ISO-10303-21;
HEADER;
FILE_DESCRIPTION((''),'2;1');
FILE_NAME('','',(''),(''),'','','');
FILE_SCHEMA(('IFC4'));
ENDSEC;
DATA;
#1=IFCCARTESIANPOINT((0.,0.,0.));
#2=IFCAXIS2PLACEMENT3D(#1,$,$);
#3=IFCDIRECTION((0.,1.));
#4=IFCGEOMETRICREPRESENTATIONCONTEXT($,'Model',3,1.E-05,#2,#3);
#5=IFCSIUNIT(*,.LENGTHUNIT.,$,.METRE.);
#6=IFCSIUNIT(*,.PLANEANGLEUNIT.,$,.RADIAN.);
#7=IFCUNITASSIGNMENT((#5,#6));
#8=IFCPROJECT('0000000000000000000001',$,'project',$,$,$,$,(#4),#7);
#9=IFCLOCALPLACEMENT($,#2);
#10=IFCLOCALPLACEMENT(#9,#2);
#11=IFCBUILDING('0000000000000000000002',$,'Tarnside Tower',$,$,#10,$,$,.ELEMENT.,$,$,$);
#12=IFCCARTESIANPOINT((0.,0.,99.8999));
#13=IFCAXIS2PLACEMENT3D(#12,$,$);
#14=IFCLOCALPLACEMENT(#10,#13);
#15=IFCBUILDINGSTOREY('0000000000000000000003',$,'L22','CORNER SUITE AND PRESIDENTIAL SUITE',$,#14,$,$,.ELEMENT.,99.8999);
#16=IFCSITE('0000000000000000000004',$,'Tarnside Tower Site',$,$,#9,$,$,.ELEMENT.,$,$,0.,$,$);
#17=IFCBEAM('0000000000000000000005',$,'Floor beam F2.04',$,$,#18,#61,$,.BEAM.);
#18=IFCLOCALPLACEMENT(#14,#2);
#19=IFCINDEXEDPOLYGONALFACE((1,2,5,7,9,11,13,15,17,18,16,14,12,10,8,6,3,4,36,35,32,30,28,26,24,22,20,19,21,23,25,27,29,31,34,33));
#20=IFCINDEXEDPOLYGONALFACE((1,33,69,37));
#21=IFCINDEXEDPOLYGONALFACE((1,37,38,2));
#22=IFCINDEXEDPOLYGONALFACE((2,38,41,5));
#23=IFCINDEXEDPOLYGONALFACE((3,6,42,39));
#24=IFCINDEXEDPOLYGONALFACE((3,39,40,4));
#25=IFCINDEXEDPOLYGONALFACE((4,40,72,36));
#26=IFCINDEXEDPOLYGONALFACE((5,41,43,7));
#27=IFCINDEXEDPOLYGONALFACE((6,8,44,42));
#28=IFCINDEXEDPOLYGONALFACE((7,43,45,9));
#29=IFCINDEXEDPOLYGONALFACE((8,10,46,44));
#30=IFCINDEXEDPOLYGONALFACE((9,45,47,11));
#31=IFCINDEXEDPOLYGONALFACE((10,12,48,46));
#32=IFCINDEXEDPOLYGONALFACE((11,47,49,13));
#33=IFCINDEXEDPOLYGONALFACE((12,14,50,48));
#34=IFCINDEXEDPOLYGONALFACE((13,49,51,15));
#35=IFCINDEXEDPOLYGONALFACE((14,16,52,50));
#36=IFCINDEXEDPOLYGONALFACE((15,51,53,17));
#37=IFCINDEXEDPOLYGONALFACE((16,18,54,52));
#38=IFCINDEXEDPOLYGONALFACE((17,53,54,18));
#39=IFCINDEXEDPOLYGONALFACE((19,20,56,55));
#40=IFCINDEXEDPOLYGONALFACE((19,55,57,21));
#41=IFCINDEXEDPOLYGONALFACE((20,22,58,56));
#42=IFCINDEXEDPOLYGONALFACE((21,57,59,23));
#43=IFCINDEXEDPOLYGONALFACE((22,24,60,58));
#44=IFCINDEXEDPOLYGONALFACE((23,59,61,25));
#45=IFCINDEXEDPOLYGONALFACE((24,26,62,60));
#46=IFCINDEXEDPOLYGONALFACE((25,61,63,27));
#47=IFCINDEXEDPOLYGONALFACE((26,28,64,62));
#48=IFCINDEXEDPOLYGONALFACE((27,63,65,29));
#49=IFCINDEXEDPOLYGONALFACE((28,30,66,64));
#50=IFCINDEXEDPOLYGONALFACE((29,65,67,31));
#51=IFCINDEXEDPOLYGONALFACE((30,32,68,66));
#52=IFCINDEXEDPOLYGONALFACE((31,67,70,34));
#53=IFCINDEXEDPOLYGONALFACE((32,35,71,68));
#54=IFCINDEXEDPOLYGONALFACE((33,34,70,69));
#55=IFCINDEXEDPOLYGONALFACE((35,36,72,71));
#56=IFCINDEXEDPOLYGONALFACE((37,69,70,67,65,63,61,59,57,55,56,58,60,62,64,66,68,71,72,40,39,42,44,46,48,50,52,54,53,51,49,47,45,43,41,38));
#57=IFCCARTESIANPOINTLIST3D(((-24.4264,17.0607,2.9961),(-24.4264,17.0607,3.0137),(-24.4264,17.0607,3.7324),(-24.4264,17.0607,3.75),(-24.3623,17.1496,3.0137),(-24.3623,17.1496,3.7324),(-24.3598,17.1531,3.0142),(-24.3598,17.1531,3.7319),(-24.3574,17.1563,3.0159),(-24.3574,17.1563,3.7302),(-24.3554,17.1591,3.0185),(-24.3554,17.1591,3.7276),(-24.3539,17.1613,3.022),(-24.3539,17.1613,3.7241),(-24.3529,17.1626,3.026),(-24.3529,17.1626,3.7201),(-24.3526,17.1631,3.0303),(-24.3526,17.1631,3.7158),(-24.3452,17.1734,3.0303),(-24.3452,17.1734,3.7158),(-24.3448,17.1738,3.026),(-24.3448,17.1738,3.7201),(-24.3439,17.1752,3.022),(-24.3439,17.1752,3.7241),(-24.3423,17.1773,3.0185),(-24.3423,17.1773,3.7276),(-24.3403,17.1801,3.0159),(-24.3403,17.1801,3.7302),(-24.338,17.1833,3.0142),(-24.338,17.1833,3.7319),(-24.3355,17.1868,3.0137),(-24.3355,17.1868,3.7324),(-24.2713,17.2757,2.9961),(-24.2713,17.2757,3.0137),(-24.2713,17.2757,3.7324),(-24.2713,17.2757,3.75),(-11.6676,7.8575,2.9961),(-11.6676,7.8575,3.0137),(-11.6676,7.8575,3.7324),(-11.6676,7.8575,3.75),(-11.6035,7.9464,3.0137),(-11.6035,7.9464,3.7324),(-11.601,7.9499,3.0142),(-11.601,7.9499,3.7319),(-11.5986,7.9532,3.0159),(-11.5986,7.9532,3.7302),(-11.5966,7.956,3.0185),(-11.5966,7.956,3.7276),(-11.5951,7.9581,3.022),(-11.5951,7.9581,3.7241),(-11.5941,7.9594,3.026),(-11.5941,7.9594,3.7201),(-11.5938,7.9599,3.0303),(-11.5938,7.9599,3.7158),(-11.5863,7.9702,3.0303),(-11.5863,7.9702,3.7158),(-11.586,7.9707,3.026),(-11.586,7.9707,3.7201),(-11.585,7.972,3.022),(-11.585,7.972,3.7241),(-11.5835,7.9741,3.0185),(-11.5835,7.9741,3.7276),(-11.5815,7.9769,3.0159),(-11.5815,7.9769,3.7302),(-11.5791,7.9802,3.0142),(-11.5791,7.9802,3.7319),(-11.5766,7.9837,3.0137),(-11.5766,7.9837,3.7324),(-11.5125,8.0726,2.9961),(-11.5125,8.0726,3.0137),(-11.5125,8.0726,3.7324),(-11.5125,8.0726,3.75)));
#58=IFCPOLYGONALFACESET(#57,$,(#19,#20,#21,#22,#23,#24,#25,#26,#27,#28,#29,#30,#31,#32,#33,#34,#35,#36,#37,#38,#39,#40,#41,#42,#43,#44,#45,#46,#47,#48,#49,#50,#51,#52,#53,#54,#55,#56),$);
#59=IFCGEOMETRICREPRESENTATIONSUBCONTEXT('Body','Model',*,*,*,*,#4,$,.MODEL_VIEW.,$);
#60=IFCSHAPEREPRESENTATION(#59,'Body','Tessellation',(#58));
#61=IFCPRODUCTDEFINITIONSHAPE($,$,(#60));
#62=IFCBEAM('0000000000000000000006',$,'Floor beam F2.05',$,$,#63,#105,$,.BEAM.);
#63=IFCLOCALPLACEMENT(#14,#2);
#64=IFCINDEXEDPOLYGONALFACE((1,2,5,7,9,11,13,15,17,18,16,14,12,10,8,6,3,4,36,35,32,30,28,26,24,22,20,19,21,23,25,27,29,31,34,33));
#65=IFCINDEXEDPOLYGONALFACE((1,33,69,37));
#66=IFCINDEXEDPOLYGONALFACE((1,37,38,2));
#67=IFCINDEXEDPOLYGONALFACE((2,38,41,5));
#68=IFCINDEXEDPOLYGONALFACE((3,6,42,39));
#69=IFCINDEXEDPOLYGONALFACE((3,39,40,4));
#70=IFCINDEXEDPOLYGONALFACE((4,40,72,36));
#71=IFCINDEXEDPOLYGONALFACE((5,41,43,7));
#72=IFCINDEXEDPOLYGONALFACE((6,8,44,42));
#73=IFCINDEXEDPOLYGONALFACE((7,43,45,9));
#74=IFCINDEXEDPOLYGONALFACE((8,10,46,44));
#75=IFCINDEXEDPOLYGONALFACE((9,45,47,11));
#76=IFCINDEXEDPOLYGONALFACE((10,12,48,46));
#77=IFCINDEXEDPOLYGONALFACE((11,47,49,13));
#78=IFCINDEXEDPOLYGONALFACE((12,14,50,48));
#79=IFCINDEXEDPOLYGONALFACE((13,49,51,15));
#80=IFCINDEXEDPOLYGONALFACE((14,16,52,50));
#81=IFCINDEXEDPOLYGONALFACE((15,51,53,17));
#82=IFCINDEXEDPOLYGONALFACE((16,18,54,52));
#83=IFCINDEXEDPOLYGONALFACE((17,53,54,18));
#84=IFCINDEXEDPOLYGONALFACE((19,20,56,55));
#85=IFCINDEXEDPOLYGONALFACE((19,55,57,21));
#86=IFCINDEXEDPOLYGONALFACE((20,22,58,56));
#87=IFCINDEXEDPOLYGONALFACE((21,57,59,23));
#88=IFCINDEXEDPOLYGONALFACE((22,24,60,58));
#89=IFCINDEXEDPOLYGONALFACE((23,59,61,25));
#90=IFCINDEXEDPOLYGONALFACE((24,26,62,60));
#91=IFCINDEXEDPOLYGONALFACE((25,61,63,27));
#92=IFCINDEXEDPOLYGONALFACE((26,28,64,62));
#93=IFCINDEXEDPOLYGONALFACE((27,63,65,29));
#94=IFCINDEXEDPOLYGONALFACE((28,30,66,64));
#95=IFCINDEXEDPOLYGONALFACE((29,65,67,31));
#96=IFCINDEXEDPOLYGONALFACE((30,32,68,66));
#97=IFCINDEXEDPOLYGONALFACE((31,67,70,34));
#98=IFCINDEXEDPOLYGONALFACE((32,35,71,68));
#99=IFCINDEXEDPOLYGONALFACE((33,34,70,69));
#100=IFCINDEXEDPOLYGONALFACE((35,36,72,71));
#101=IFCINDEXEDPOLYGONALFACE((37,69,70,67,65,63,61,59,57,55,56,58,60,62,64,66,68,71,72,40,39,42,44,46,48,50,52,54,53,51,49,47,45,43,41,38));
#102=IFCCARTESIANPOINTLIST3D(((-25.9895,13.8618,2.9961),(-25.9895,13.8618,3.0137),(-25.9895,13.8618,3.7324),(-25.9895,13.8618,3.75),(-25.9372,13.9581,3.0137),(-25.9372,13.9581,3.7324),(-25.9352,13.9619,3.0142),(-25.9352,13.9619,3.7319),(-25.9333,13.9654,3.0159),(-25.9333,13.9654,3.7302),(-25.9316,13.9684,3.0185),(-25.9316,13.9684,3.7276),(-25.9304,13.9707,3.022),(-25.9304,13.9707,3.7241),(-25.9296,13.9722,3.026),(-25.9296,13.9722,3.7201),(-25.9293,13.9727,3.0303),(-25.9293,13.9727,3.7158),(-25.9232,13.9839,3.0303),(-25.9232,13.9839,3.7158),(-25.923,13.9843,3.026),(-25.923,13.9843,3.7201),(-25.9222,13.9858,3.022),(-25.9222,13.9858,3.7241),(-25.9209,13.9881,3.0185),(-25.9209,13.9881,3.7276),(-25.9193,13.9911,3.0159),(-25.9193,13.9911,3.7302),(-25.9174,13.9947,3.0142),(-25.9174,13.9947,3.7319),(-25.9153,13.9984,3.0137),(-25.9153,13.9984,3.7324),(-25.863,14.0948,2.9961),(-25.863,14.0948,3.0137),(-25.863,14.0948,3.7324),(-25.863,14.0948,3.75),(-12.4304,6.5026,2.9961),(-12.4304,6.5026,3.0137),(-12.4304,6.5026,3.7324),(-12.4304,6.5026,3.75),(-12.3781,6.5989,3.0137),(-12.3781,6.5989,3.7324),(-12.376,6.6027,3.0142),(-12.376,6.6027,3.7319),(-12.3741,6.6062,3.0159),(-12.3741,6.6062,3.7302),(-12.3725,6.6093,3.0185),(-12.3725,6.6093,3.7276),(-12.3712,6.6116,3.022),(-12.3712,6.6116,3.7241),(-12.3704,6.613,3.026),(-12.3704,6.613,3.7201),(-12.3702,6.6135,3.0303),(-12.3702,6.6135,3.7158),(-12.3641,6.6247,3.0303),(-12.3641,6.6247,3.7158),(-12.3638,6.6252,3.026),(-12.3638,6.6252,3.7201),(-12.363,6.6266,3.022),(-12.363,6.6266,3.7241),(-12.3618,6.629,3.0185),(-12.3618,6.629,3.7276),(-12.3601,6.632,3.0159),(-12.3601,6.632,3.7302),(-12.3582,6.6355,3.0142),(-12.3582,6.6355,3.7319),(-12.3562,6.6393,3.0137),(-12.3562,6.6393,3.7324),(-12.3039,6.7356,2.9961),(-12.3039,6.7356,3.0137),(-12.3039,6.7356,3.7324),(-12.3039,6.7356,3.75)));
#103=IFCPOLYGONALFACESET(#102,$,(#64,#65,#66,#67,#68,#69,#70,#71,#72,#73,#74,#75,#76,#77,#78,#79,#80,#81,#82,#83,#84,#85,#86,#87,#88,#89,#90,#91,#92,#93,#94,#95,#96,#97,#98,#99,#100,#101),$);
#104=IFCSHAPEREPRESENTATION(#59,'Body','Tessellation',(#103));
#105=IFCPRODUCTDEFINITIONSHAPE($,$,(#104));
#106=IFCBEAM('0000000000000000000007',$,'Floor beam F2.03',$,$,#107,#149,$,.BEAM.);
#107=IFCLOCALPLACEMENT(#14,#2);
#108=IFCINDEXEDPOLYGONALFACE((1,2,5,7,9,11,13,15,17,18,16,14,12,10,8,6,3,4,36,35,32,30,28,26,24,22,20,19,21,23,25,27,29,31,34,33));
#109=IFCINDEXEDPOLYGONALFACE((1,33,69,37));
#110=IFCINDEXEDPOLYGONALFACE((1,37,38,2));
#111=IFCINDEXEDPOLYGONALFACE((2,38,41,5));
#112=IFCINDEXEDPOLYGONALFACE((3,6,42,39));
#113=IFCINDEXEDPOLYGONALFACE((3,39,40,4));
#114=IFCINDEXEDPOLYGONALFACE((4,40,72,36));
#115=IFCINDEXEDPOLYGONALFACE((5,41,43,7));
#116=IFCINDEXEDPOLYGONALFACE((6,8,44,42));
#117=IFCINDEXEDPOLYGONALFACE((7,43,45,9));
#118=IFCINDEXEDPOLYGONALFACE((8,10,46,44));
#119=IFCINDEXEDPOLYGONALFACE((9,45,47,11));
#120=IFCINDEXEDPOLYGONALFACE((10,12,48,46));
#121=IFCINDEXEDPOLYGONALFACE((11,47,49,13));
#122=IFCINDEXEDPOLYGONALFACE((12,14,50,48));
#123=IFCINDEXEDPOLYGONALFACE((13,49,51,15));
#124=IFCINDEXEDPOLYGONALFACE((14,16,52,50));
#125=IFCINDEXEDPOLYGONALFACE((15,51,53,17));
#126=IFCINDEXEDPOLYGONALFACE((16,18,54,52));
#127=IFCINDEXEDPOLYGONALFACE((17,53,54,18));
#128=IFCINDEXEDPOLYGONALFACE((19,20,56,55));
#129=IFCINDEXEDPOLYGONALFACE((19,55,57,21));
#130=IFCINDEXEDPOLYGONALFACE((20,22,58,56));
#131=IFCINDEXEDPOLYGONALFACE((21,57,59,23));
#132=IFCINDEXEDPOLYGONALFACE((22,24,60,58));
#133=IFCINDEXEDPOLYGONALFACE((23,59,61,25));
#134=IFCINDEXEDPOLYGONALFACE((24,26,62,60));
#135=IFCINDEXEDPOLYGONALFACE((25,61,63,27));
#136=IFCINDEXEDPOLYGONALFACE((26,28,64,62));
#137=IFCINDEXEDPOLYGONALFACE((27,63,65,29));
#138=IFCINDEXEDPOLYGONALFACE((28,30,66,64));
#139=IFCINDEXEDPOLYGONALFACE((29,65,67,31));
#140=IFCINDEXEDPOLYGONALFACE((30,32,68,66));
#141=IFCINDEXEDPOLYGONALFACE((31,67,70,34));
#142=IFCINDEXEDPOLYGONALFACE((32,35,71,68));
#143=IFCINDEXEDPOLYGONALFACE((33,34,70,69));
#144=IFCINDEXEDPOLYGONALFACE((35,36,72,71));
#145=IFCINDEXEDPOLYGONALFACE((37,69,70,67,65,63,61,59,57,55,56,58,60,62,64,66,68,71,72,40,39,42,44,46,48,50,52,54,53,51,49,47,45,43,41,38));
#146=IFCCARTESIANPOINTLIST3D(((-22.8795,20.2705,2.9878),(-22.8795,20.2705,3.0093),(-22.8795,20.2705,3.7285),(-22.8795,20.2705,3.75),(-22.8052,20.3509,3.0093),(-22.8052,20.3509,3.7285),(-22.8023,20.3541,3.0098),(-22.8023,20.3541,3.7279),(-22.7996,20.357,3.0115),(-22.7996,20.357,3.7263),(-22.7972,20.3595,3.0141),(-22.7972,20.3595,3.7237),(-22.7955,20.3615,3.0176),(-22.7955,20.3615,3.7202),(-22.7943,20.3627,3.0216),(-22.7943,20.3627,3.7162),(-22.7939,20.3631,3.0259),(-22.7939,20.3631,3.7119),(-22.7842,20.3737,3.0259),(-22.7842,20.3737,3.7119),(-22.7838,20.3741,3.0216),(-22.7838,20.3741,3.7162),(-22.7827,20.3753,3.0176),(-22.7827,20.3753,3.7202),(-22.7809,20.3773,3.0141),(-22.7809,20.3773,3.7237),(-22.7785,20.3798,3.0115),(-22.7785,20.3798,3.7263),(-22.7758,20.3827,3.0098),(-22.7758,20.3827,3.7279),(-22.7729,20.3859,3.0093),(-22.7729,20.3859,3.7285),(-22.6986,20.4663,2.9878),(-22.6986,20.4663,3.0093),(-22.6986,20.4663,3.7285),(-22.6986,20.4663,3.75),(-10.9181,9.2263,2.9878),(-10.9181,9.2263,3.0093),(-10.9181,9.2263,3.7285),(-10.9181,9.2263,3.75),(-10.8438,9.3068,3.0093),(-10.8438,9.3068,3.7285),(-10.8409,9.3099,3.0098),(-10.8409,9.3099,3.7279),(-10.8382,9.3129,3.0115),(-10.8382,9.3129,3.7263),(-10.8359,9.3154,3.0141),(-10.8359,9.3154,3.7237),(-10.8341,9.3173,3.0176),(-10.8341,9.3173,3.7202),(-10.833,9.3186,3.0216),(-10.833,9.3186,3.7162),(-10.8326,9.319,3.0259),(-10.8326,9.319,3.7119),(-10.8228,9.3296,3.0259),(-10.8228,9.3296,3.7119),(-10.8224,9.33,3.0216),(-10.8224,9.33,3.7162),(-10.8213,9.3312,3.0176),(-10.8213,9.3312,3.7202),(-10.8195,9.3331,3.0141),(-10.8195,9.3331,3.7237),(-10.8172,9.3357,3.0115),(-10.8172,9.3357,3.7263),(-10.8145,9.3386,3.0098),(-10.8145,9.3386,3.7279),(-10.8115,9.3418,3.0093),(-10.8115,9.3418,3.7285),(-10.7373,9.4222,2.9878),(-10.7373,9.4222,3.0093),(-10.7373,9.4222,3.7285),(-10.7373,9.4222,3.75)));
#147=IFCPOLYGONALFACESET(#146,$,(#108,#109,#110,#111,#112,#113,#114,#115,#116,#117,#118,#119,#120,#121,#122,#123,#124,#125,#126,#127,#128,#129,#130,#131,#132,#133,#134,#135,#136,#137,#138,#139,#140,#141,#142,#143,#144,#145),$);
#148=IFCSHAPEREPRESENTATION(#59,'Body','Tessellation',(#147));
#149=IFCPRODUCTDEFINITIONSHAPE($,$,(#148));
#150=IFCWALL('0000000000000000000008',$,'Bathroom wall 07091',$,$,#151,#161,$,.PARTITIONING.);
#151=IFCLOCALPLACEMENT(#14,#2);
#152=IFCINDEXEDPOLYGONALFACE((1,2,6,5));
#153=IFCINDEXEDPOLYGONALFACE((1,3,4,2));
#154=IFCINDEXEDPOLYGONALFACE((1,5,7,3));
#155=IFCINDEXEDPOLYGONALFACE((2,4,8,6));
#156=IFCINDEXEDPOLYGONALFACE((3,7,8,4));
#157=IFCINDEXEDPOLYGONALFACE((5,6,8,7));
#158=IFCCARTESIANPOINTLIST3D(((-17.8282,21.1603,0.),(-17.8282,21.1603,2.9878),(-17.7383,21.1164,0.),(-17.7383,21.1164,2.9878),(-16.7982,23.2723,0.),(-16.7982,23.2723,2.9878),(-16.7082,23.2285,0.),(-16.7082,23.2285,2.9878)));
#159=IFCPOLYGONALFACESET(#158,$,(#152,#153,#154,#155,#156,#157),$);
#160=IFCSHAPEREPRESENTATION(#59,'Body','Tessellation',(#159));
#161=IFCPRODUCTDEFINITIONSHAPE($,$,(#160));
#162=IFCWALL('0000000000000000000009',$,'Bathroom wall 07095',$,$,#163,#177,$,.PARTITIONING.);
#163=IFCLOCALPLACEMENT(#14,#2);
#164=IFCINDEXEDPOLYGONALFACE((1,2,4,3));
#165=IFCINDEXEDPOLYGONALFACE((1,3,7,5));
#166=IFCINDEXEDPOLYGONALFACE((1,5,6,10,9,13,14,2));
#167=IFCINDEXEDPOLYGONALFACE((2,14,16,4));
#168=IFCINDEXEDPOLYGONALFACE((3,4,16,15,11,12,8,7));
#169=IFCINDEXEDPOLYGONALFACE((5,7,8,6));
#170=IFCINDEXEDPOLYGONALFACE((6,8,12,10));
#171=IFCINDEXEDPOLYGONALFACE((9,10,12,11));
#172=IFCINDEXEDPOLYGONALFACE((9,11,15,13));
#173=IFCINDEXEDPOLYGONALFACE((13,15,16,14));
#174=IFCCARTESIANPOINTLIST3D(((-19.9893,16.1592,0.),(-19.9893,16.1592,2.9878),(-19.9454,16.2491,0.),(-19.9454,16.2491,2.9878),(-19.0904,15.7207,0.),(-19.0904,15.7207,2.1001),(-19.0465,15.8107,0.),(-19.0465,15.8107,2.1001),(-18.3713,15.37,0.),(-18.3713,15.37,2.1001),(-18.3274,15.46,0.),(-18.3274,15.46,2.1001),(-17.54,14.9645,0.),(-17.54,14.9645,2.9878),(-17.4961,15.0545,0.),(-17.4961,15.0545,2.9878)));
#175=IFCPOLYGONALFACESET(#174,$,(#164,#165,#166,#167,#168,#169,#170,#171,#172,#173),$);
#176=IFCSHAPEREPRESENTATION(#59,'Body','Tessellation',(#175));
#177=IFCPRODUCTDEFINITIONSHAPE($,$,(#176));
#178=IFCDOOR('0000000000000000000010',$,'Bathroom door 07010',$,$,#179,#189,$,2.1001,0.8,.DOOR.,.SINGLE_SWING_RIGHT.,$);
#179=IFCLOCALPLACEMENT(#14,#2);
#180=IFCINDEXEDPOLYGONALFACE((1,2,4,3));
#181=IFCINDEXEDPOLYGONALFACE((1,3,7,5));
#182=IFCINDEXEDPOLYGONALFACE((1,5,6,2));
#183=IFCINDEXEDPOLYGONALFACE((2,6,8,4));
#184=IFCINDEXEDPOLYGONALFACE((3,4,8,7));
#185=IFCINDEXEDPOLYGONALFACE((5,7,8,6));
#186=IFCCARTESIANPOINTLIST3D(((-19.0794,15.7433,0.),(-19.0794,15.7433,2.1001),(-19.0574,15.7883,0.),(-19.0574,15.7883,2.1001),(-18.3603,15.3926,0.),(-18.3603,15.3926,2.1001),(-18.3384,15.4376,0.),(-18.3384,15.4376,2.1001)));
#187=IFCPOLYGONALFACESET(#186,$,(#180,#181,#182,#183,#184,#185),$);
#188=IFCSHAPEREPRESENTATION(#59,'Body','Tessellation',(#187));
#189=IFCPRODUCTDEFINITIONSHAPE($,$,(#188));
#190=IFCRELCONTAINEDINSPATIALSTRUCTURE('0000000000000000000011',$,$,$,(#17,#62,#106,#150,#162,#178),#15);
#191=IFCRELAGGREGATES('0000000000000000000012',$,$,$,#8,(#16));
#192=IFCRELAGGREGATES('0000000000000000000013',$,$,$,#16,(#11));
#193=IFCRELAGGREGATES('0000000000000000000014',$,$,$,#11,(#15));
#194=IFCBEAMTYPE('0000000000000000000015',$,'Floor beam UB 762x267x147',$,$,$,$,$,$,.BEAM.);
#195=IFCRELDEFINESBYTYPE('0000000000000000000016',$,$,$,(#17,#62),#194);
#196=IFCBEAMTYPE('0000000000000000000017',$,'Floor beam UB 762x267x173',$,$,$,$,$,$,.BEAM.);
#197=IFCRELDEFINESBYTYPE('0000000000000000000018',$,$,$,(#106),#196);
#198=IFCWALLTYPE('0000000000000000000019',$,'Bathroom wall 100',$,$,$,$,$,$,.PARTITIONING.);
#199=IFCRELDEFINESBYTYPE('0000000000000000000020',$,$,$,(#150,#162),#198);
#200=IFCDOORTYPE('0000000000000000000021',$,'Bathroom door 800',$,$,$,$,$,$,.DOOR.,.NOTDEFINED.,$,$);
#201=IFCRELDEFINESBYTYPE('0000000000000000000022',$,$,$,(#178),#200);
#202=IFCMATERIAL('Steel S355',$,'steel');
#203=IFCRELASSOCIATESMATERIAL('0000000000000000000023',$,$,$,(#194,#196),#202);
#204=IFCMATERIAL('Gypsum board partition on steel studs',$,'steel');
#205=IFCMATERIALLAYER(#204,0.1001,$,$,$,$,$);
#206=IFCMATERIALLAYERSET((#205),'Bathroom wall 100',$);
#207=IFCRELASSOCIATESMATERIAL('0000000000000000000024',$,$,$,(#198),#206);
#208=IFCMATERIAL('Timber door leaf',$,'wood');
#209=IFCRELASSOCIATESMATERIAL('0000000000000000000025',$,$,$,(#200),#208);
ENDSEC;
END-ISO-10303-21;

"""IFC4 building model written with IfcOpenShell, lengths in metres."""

from ifc_helpers import new_model, si_unit, direction, frame, frame_2d, origin, origin_2d, place, context, subcontext, project, spatial, rectangle, i_section, extrude, material, layer, layer_set, material_profile, profile_set, type_object, element, fill, save


model = new_model("IFC4")

# Units and contexts
model_context = context("Model", 3, precision=1e-05, world=origin(), true_north=direction((0.0, 1.0)))
body_context = subcontext(model_context, "Body", "Model", "MODEL_VIEW")
ifc_project = project(units=[si_unit("LENGTHUNIT", "METRE"), si_unit("PLANEANGLEUNIT", "RADIAN")], contexts=[model_context])

# Site, building, storey
site_placement = place(None, origin())
site = spatial("IfcSite", under=ifc_project, at=site_placement, Name="Tarnside Tower Site", CompositionType="ELEMENT", RefElevation=0.0)
building_placement = place(site_placement, origin())
building = spatial("IfcBuilding", under=site, at=building_placement, Name="Tarnside Tower", CompositionType="ELEMENT")
storey_placement = place(building_placement, frame((0.0, 0.0, 99.8999)))
storey = spatial("IfcBuildingStorey", under=building, at=storey_placement, Name="L22", Description="CORNER SUITE AND PRESIDENTIAL SUITE", CompositionType="ELEMENT", Elevation=99.8999)

# Beams
ifc_material_1 = material(Name="Steel S355", Category="steel")
ifc_material_profile_1 = material_profile(ifc_material_1, i_section(OverallWidth=0.2651, OverallDepth=0.7539, WebThickness=0.0127, FlangeThickness=0.0176, FilletRadius=0.0166, at=origin_2d()), Name="UB 762x267x147")
ifc_profile_set_1 = profile_set([ifc_material_profile_1], Name="Steel S355")
beam_type_1 = type_object("IfcBeamType", Name="Floor beam UB 762x267x147", PredefinedType="BEAM", material=ifc_profile_set_1)
beam_1_placement = place(storey_placement, frame((-24.3489, 17.1682, 3.373), z_axis=(0.811028, -0.585008, 0.0), x_axis=(0.585008, 0.811028, 0.0)))
element("IfcBeam", 1, at=beam_1_placement, inside=storey, type_object=beam_type_1, Name="Floor beam F2.04", PredefinedType="BEAM", context=body_context, shape_type="SweptSolid", body=[
    extrude(i_section(OverallWidth=0.2651, OverallDepth=0.7539, WebThickness=0.0127, FlangeThickness=0.0176, FilletRadius=0.0166, at=origin_2d()), origin(), (0.0, 0.0, 1.0), 15.7317),
])
beam_2_placement = place(storey_placement, frame((-25.9263, 13.9783, 3.373), z_axis=(0.878895, -0.477016, 0.0), x_axis=(0.477016, 0.878895, 0.0)))
element("IfcBeam", 2, at=beam_2_placement, inside=storey, type_object=beam_type_1, Name="Floor beam F2.05", PredefinedType="BEAM", context=body_context, shape_type="SweptSolid", body=[
    extrude(i_section(OverallWidth=0.2651, OverallDepth=0.7539, WebThickness=0.0127, FlangeThickness=0.0176, FilletRadius=0.0166, at=origin_2d()), origin(), (0.0, 0.0, 1.0), 15.4275),
])
ifc_material_profile_2 = material_profile(ifc_material_1, i_section(OverallWidth=0.2666, OverallDepth=0.7622, WebThickness=0.0144, FlangeThickness=0.0215, FilletRadius=0.0166, at=origin_2d()), Name="UB 762x267x173")
ifc_profile_set_2 = profile_set([ifc_material_profile_2], Name="Steel S355")
beam_type_2 = type_object("IfcBeamType", Name="Floor beam UB 762x267x173", PredefinedType="BEAM", material=ifc_profile_set_2)
beam_3_placement = place(storey_placement, frame((-22.7891, 20.3684, 3.3689), z_axis=(0.734715, -0.678375, 0.0), x_axis=(0.678375, 0.734715, 0.0)))
element("IfcBeam", 3, at=beam_3_placement, inside=storey, type_object=beam_type_2, Name="Floor beam F2.03", PredefinedType="BEAM", context=body_context, shape_type="SweptSolid", body=[
    extrude(i_section(OverallWidth=0.2666, OverallDepth=0.7622, WebThickness=0.0144, FlangeThickness=0.0215, FilletRadius=0.0166, at=origin_2d()), origin(), (0.0, 0.0, 1.0), 16.2803),
])

# Wall
ifc_material_2 = material(Name="Gypsum board partition on steel studs", Category="steel")
ifc_layer_1 = layer(ifc_material_2, 0.1001)
ifc_layer_set_1 = layer_set([ifc_layer_1], Name="Bathroom wall 100")
wall_type_1 = type_object("IfcWallType", Name="Bathroom wall 100", PredefinedType="PARTITIONING", material=ifc_layer_set_1)
wall_1_placement = place(storey_placement, frame((-17.7832, 21.1384, 0.0), z_axis=(0.0, 0.0, 1.0), x_axis=(0.43834, 0.898809, 0.0)))
element("IfcWall", 4, at=wall_1_placement, inside=storey, type_object=wall_type_1, Name="Bathroom wall 07091", PredefinedType="PARTITIONING", context=body_context, shape_type="SweptSolid", body=[
    extrude(rectangle(XDim=2.3499, YDim=0.1001, at=frame_2d((1.1748, 0.0))), origin(), (0.0, 0.0, 1.0), 2.9878),
])

# Wall, opening, door
wall_2_placement = place(storey_placement, frame((-17.5181, 15.0095, 0.0), z_axis=(0.0, 0.0, 1.0), x_axis=(-0.898792, 0.438376, 0.0)))
wall_2 = element("IfcWall", 5, at=wall_2_placement, inside=storey, type_object=wall_type_1, Name="Bathroom wall 07095", PredefinedType="PARTITIONING", context=body_context, shape_type="SweptSolid", body=[
    extrude(rectangle(XDim=2.7251, YDim=0.1001, at=frame_2d((1.3625, 0.0))), origin(), (0.0, 0.0, 1.0), 2.9878),
])
opening_placement = place(wall_2_placement, frame((0.925, 0.0, 0.0)))
opening = element("IfcOpeningElement", 6, at=opening_placement, cuts=wall_2, PredefinedType="OPENING", context=body_context, shape_type="SweptSolid", body=[
    extrude(rectangle(XDim=0.8, YDim=2.1001, at=frame_2d((0.3999, 1.05))), frame((0.0, 0.0601, 0.0), z_axis=(0.0, -1.0, 0.0), x_axis=(1.0, 0.0, 0.0)), (0.0, 0.0, 1.0), 0.1201),
])
ifc_material_3 = material(Name="Timber door leaf", Category="wood")
door_type = type_object("IfcDoorType", Name="Bathroom door 800", OperationType="NOTDEFINED", PredefinedType="DOOR", material=ifc_material_3)
door_placement = place(opening_placement, origin())
door = element("IfcDoor", 7, at=door_placement, inside=storey, type_object=door_type, Name="Bathroom door 07010", OperationType="SINGLE_SWING_RIGHT", OverallHeight=2.1001, OverallWidth=0.8, PredefinedType="DOOR", context=body_context, shape_type="SweptSolid", body=[
    extrude(rectangle(XDim=0.8, YDim=2.1001, at=frame_2d((0.3999, 1.05))), frame((0.0, 0.0249, 0.0), z_axis=(0.0, -1.0, 0.0), x_axis=(1.0, 0.0, 0.0)), (0.0, 0.0, 1.0), 0.05),
])
fill(opening, door)

save(model, "model.ifc")
